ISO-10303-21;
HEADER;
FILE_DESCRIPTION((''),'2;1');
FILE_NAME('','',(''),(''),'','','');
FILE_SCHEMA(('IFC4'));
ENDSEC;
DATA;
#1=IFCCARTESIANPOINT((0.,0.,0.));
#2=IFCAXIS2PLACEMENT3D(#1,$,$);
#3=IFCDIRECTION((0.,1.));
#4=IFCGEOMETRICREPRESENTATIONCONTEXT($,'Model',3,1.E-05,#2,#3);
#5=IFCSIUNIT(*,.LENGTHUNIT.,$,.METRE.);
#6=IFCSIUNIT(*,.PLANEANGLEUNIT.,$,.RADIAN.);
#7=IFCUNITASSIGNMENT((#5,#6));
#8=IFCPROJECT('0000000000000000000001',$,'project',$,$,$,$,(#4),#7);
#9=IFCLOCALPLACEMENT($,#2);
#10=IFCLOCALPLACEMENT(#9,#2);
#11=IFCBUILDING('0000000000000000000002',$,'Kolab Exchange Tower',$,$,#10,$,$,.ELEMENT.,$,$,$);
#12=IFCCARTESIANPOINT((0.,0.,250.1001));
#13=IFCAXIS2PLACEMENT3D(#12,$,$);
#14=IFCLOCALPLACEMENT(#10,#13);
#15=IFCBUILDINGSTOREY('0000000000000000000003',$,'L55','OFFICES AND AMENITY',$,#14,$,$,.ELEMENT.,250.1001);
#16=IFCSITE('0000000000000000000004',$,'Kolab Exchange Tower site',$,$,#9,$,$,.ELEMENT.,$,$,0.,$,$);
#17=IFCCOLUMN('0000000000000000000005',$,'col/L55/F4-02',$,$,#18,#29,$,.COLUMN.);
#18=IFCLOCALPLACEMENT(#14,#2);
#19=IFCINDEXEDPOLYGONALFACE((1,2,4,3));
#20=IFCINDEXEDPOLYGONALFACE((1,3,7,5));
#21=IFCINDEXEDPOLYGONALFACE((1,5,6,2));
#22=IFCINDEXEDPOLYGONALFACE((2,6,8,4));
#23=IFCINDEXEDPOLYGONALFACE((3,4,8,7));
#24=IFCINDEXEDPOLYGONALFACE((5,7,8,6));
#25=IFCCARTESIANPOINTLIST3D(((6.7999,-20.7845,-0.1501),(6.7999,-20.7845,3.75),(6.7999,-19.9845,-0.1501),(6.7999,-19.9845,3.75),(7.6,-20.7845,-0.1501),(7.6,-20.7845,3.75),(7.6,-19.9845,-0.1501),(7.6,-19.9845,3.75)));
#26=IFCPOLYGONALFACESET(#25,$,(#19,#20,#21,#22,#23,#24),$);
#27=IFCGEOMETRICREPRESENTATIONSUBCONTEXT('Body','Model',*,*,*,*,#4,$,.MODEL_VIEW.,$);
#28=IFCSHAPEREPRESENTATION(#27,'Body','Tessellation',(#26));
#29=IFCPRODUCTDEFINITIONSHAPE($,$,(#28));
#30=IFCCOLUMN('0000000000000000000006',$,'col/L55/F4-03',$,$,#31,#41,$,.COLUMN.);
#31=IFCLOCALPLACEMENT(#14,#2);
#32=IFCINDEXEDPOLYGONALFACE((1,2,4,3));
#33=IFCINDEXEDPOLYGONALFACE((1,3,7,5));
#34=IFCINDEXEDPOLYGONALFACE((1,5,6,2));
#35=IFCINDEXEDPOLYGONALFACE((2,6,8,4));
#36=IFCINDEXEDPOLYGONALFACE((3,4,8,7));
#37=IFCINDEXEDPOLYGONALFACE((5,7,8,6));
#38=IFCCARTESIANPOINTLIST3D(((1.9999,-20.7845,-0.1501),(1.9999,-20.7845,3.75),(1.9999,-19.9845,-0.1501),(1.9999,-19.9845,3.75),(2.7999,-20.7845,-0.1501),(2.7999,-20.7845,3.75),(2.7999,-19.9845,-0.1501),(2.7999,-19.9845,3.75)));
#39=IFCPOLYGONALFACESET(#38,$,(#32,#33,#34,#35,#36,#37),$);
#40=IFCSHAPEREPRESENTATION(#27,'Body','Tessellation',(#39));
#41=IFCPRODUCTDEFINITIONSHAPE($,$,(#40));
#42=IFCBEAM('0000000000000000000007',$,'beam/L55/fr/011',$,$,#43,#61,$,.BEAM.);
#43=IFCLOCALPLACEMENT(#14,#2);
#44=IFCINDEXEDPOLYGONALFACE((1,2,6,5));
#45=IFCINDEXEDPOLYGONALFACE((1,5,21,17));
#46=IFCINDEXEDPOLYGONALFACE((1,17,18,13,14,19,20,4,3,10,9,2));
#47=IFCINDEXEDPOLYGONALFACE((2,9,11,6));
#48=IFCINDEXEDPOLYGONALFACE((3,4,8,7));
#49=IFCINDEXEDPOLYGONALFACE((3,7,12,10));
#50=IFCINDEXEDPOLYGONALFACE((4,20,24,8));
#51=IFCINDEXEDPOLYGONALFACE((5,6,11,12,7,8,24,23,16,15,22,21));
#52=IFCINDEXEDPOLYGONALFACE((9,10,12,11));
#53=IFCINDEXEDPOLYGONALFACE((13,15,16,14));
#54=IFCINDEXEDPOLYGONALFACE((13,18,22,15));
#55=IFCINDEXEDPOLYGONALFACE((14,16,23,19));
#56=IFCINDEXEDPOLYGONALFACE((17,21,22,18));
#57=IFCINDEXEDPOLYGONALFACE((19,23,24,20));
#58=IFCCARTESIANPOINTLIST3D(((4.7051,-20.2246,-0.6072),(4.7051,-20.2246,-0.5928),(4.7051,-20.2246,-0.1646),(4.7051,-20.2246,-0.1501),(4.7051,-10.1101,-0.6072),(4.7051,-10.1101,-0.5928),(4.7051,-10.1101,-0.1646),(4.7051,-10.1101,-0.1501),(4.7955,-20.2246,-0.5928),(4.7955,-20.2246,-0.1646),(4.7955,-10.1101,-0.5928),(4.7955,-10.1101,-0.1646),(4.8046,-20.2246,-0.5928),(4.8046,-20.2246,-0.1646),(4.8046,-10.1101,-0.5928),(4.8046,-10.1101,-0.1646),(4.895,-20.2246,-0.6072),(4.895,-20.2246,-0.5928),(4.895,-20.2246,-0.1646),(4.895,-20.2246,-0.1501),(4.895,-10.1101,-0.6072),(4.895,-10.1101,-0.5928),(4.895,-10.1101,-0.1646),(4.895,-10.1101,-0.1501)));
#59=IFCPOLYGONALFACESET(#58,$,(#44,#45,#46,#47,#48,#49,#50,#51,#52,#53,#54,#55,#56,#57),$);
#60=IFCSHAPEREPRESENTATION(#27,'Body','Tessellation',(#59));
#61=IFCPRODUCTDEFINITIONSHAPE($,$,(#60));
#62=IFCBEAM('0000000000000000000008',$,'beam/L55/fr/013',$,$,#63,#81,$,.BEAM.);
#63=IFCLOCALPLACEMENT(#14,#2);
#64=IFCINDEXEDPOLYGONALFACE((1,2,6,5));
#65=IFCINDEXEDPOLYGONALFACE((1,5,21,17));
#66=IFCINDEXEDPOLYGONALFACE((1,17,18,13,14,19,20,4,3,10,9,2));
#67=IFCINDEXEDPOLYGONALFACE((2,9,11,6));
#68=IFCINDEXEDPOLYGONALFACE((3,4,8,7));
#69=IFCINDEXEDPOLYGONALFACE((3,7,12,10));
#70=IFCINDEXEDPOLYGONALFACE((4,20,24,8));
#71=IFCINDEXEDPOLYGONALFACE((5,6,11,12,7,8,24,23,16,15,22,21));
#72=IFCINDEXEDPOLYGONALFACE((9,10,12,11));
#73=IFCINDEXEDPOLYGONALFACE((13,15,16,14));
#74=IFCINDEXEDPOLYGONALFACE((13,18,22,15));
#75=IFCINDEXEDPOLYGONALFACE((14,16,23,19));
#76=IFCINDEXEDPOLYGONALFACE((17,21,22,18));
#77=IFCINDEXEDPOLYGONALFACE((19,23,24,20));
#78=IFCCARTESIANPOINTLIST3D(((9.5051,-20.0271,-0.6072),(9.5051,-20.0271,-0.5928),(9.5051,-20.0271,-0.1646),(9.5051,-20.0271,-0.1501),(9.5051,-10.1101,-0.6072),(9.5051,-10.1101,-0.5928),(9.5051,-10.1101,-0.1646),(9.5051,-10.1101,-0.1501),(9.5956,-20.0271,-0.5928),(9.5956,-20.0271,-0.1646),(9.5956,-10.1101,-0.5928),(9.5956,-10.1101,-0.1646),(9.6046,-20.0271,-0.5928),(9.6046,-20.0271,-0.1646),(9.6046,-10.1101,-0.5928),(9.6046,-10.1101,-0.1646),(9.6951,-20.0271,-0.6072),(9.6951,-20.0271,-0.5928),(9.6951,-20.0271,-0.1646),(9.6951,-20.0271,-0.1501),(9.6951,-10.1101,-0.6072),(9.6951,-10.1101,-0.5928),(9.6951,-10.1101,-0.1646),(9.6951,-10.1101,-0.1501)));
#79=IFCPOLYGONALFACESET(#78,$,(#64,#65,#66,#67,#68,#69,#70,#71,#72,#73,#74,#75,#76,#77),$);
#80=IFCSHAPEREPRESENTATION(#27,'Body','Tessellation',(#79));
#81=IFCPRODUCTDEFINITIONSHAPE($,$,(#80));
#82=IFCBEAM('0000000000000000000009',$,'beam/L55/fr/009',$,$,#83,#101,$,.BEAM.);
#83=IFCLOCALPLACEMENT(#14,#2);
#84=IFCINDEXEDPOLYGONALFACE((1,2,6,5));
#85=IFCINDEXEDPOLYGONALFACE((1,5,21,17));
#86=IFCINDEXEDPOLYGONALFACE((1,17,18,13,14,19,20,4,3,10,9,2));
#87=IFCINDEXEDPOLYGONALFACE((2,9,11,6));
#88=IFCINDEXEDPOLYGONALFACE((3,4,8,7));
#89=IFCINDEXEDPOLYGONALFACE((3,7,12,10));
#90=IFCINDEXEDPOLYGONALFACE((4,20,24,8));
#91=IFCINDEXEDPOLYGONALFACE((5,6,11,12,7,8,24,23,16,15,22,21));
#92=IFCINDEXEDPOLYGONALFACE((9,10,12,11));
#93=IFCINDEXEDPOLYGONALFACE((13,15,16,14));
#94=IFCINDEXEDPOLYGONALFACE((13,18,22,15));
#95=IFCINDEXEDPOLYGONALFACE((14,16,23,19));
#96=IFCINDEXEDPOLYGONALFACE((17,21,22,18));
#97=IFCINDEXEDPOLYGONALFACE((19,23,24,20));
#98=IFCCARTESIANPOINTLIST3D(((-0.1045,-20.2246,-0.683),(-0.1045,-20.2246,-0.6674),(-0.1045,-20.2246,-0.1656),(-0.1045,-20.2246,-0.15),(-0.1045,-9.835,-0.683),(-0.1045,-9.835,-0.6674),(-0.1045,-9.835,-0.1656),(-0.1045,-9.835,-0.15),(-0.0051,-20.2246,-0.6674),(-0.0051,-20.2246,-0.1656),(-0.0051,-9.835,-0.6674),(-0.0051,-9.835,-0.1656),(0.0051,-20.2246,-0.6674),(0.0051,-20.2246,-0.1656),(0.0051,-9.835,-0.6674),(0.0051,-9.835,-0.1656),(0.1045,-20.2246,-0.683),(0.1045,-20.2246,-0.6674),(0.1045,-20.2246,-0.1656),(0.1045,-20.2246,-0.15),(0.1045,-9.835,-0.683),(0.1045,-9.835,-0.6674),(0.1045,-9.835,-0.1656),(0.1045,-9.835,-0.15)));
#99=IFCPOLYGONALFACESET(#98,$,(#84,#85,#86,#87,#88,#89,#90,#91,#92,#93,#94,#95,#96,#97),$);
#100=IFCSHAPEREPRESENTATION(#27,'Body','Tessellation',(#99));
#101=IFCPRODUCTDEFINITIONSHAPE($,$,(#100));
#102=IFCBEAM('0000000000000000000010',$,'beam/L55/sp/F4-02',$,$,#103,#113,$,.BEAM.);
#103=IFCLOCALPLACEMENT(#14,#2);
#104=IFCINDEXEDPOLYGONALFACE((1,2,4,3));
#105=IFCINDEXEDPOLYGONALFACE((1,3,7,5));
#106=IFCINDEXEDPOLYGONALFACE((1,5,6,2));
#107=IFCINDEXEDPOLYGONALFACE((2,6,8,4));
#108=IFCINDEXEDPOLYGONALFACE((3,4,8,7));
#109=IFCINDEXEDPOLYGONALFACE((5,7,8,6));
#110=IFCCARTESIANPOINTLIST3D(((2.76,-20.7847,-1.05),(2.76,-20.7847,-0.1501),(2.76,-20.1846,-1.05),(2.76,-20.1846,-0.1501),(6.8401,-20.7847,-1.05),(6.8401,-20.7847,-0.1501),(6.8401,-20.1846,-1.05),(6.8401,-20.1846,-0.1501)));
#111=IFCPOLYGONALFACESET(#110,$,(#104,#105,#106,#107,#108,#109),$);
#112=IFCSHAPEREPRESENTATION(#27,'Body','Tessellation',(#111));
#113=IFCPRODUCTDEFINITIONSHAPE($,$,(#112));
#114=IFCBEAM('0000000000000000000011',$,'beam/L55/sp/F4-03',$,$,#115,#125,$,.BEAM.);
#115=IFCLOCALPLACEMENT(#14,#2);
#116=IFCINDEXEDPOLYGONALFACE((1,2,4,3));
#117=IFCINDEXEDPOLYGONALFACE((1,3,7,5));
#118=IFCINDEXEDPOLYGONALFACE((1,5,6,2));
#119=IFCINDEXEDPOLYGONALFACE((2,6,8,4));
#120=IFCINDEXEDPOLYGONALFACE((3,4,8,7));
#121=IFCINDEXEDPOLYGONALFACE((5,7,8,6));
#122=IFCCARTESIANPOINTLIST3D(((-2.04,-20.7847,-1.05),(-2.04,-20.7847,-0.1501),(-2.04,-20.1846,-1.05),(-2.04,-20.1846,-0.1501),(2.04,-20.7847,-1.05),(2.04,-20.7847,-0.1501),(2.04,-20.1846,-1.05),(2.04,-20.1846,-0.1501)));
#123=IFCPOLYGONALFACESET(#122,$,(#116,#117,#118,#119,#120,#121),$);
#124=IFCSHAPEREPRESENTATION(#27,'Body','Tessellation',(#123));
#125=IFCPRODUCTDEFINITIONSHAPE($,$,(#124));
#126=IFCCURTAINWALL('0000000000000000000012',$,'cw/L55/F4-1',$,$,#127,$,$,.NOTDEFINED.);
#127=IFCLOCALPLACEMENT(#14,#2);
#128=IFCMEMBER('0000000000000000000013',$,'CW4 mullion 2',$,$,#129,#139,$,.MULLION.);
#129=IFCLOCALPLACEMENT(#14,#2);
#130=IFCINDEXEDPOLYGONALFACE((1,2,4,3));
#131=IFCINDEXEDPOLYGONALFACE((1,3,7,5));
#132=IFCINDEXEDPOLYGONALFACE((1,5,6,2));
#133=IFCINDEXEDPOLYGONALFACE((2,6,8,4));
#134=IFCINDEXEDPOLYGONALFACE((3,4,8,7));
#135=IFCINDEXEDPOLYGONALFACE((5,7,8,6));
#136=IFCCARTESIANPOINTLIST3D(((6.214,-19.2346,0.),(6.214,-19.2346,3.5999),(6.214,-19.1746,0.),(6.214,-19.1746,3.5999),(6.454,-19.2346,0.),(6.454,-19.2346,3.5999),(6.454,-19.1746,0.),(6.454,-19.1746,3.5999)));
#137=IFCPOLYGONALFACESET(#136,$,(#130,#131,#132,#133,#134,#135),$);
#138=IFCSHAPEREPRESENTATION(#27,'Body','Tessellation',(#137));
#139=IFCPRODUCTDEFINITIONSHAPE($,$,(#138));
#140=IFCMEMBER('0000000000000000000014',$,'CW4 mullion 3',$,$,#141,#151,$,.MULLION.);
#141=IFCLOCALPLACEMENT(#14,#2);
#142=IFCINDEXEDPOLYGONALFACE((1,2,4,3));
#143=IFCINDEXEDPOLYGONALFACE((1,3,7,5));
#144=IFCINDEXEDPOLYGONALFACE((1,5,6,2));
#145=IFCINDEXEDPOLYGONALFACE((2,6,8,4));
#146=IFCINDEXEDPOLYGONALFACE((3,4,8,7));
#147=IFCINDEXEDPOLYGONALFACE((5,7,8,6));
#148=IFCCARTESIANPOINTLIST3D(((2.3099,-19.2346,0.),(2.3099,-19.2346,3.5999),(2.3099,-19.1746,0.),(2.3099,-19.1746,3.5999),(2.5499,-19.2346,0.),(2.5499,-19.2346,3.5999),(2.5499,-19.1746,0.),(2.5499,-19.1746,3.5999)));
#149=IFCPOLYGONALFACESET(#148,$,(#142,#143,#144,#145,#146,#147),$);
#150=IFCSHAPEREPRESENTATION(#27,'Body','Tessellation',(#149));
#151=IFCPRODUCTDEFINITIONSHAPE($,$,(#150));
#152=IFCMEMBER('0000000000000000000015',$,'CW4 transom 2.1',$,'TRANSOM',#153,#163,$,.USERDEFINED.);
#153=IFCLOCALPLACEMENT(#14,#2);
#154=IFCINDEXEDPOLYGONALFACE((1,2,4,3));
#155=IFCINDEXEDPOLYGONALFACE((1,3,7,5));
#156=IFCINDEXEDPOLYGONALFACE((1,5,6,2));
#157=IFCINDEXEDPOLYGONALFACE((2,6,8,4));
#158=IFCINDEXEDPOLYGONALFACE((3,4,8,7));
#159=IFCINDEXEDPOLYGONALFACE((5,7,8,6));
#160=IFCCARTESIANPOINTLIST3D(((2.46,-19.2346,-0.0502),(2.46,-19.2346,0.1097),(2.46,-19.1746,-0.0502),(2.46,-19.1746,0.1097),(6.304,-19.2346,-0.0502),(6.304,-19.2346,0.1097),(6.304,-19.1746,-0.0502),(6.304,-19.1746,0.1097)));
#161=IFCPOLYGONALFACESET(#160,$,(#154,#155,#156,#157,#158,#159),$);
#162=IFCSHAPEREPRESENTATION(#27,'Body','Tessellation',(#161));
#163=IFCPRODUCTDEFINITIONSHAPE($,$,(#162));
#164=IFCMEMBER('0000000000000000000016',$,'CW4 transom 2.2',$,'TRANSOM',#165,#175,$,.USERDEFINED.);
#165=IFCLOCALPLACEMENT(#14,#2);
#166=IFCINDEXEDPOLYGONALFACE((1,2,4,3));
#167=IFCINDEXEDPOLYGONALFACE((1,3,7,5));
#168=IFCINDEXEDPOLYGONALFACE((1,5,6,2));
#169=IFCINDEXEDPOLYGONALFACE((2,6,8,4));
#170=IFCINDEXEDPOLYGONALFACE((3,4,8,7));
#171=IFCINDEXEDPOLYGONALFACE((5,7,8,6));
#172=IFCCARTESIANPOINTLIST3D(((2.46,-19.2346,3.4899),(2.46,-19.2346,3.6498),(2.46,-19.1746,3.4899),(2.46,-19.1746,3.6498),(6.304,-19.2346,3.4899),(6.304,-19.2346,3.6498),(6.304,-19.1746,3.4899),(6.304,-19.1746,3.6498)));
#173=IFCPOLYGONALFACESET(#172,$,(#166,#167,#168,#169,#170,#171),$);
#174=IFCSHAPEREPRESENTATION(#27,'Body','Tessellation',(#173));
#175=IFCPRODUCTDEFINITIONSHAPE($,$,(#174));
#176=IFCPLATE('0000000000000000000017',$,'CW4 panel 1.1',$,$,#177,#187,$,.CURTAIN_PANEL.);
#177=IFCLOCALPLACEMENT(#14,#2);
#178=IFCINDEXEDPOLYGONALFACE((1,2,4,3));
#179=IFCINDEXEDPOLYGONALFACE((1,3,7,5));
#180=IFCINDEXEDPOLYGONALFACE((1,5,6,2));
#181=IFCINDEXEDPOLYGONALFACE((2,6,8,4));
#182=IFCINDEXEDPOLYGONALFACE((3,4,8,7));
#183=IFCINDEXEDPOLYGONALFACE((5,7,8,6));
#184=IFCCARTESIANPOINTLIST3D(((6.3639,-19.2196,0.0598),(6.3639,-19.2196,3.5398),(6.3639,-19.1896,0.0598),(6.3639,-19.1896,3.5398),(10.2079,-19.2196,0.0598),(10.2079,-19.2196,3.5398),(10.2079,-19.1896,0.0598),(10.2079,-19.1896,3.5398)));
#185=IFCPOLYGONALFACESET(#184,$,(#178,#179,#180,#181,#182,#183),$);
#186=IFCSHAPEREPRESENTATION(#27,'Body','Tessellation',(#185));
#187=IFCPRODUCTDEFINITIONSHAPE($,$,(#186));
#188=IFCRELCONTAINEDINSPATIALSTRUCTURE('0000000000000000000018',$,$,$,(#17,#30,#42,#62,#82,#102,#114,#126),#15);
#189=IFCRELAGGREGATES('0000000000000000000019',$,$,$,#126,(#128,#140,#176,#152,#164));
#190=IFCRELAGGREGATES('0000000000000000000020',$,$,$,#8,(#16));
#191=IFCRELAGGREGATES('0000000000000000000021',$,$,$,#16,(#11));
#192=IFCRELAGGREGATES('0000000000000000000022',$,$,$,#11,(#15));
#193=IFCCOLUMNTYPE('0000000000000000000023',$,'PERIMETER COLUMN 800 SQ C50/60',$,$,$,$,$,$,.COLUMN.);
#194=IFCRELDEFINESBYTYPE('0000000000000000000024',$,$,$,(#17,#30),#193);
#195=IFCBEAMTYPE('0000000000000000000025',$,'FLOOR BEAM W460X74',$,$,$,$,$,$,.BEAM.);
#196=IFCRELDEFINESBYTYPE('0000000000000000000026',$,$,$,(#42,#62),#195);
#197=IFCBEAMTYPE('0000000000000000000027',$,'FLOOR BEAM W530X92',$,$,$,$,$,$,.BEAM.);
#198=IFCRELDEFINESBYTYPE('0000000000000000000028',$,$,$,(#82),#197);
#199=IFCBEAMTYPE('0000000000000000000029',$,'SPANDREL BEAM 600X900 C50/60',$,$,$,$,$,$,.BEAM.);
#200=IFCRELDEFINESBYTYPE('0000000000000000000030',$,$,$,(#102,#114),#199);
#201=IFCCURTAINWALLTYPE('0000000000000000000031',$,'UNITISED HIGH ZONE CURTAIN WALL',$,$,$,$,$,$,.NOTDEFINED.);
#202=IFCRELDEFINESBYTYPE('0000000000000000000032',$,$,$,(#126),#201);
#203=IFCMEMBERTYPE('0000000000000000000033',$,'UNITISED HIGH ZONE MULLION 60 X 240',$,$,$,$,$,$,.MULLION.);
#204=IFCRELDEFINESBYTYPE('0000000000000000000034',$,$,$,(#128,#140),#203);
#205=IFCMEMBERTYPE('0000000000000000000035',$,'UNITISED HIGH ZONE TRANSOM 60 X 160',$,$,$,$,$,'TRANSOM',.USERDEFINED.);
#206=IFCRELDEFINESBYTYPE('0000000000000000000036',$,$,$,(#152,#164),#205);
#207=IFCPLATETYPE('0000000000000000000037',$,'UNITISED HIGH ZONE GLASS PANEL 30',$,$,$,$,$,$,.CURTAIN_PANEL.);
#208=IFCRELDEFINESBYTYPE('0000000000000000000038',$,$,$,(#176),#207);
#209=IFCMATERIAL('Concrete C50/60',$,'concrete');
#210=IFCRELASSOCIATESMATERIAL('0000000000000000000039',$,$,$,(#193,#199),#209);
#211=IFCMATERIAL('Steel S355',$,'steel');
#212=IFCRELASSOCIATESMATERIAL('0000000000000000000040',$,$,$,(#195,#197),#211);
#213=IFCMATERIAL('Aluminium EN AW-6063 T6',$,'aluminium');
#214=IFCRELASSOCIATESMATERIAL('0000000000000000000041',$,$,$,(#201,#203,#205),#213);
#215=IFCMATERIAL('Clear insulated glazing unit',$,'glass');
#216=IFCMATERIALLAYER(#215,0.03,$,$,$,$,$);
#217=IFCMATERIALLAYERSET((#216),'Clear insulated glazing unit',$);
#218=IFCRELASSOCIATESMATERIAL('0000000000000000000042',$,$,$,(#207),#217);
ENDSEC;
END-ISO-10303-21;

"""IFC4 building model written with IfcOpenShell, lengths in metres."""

from ifc_helpers import new_model, si_unit, direction, frame, origin, origin_2d, place, context, subcontext, project, spatial, rectangle, i_section, extrude, material, layer, layer_set, material_profile, profile_set, type_object, element, aggregate, save


model = new_model("IFC4")

# Units and contexts
model_context = context("Model", 3, precision=1e-05, world=origin(), true_north=direction((0.0, 1.0)))
body_context = subcontext(model_context, "Body", "Model", "MODEL_VIEW")
ifc_project = project(units=[si_unit("LENGTHUNIT", "METRE"), si_unit("PLANEANGLEUNIT", "RADIAN")], contexts=[model_context])

# Site, building, storey
site_placement = place(None, origin())
site = spatial("IfcSite", under=ifc_project, at=site_placement, Name="Kolab Exchange Tower site", CompositionType="ELEMENT", RefElevation=0.0)
building_placement = place(site_placement, origin())
building = spatial("IfcBuilding", under=site, at=building_placement, Name="Kolab Exchange Tower", CompositionType="ELEMENT")
storey_placement = place(building_placement, frame((0.0, 0.0, 250.1001)))
storey = spatial("IfcBuildingStorey", under=building, at=storey_placement, Name="L55", Description="OFFICES AND AMENITY", CompositionType="ELEMENT", Elevation=250.1001)

# Columns
ifc_material_1 = material(Name="Concrete C50/60", Category="concrete")
ifc_material_profile_1 = material_profile(ifc_material_1, rectangle(XDim=0.8, YDim=0.8, at=origin_2d()), Name="RC800")
ifc_profile_set_1 = profile_set([ifc_material_profile_1], Name="Concrete C50/60")
column_type = type_object("IfcColumnType", Name="PERIMETER COLUMN 800 SQ C50/60", PredefinedType="COLUMN", material=ifc_profile_set_1)
for number, where, z_axis, x_axis, name in (
    (1, (7.2, -20.3845, -0.1501), (0.0, 0.0, 1.0), (1.0, 0.0, 0.0), "col/L55/F4-02"),
    (2, (2.3999, -20.3845, -0.1501), (0.0, 0.0, 1.0), (1.0, 0.0, 0.0), "col/L55/F4-03"),
):
    element("IfcColumn", number, at=place(storey_placement, frame(where, z_axis=z_axis, x_axis=x_axis)), inside=storey, type_object=column_type, Name=name, PredefinedType="COLUMN", context=body_context, shape_type="SweptSolid", body=[
        extrude(rectangle(XDim=0.8, YDim=0.8, at=origin_2d()), origin(), (0.0, 0.0, 1.0), 3.9001),
    ])

# Beams
ifc_material_2 = material(Name="Steel S355", Category="steel")
ifc_material_profile_2 = material_profile(ifc_material_2, i_section(OverallWidth=0.1899, OverallDepth=0.457, WebThickness=0.009, FlangeThickness=0.0144, at=origin_2d()), Name="W460X74")
ifc_profile_set_2 = profile_set([ifc_material_profile_2], Name="Steel S355")
beam_type_1 = type_object("IfcBeamType", Name="FLOOR BEAM W460X74", PredefinedType="BEAM", material=ifc_profile_set_2)
beam_1_placement = place(storey_placement, frame((4.8, -20.2246, -0.3787), z_axis=(0.0, 1.0, 0.0), x_axis=(-1.0, 0.0, 0.0)))
element("IfcBeam", 3, at=beam_1_placement, inside=storey, type_object=beam_type_1, Name="beam/L55/fr/011", PredefinedType="BEAM", context=body_context, shape_type="SweptSolid", body=[
    extrude(i_section(OverallWidth=0.1899, OverallDepth=0.457, WebThickness=0.009, FlangeThickness=0.0144, at=origin_2d()), origin(), (0.0, 0.0, 1.0), 10.1145),
])
beam_2_placement = place(storey_placement, frame((9.6001, -20.0271, -0.3787), z_axis=(0.0, 1.0, 0.0), x_axis=(-1.0, 0.0, 0.0)))
element("IfcBeam", 4, at=beam_2_placement, inside=storey, type_object=beam_type_1, Name="beam/L55/fr/013", PredefinedType="BEAM", context=body_context, shape_type="SweptSolid", body=[
    extrude(i_section(OverallWidth=0.1899, OverallDepth=0.457, WebThickness=0.009, FlangeThickness=0.0144, at=origin_2d()), origin(), (0.0, 0.0, 1.0), 9.917),
])
ifc_material_profile_3 = material_profile(ifc_material_2, i_section(OverallWidth=0.209, OverallDepth=0.533, WebThickness=0.0103, FlangeThickness=0.0156, at=origin_2d()), Name="W530X92")
ifc_profile_set_3 = profile_set([ifc_material_profile_3], Name="Steel S355")
beam_type_2 = type_object("IfcBeamType", Name="FLOOR BEAM W530X92", PredefinedType="BEAM", material=ifc_profile_set_3)
beam_3_placement = place(storey_placement, frame((0.0, -20.2246, -0.4165), z_axis=(0.0, 1.0, 0.0), x_axis=(-1.0, 0.0, 0.0)))
element("IfcBeam", 5, at=beam_3_placement, inside=storey, type_object=beam_type_2, Name="beam/L55/fr/009", PredefinedType="BEAM", context=body_context, shape_type="SweptSolid", body=[
    extrude(i_section(OverallWidth=0.209, OverallDepth=0.533, WebThickness=0.0103, FlangeThickness=0.0156, at=origin_2d()), origin(), (0.0, 0.0, 1.0), 10.3896),
])
ifc_material_profile_4 = material_profile(ifc_material_1, rectangle(XDim=0.6001, YDim=0.8999, at=origin_2d()), Name="RC600X900")
ifc_profile_set_4 = profile_set([ifc_material_profile_4], Name="Concrete C50/60")
beam_type_3 = type_object("IfcBeamType", Name="SPANDREL BEAM 600X900 C50/60", PredefinedType="BEAM", material=ifc_profile_set_4)
for number, where, z_axis, x_axis, name in (
    (6, (6.8401, -20.4846, -0.6001), (-1.0, 0.0, 0.0), (0.0, -1.0, 0.0), "beam/L55/sp/F4-02"),
    (7, (2.04, -20.4846, -0.6001), (-1.0, 0.0, 0.0), (0.0, -1.0, 0.0), "beam/L55/sp/F4-03"),
):
    element("IfcBeam", number, at=place(storey_placement, frame(where, z_axis=z_axis, x_axis=x_axis)), inside=storey, type_object=beam_type_3, Name=name, PredefinedType="BEAM", context=body_context, shape_type="SweptSolid", body=[
        extrude(rectangle(XDim=0.6001, YDim=0.8999, at=origin_2d()), origin(), (0.0, 0.0, 1.0), 4.0801),
    ])

# Curtain wall, members, plate
ifc_material_3 = material(Name="Aluminium EN AW-6063 T6", Category="aluminium")
curtain_wall_type = type_object("IfcCurtainWallType", Name="UNITISED HIGH ZONE CURTAIN WALL", PredefinedType="NOTDEFINED", material=ifc_material_3)
curtain_wall_placement = place(storey_placement, origin())
curtain_wall = element("IfcCurtainWall", 8, at=curtain_wall_placement, inside=storey, type_object=curtain_wall_type, Name="cw/L55/F4-1", PredefinedType="NOTDEFINED")
ifc_material_profile_5 = material_profile(ifc_material_3, rectangle(XDim=0.0601, YDim=0.24, at=origin_2d()), Name="RECT 60X240")
ifc_profile_set_5 = profile_set([ifc_material_profile_5], Name="Aluminium EN AW-6063 T6")
member_type_1 = type_object("IfcMemberType", Name="UNITISED HIGH ZONE MULLION 60 X 240", PredefinedType="MULLION", material=ifc_profile_set_5)
member_1_placement = place(storey_placement, frame((6.334, -19.2046, 0.0), z_axis=(0.0, 0.0, 1.0), x_axis=(0.0, -1.0, 0.0)))
member_1 = element("IfcMember", 9, at=member_1_placement, type_object=member_type_1, Name="CW4 mullion 2", PredefinedType="MULLION", context=body_context, shape_type="SweptSolid", body=[
    extrude(rectangle(XDim=0.0601, YDim=0.24, at=origin_2d()), origin(), (0.0, 0.0, 1.0), 3.5999),
])
member_2_placement = place(storey_placement, frame((2.4299, -19.2046, 0.0), z_axis=(0.0, 0.0, 1.0), x_axis=(0.0, -1.0, 0.0)))
member_2 = element("IfcMember", 10, at=member_2_placement, type_object=member_type_1, Name="CW4 mullion 3", PredefinedType="MULLION", context=body_context, shape_type="SweptSolid", body=[
    extrude(rectangle(XDim=0.0601, YDim=0.24, at=origin_2d()), origin(), (0.0, 0.0, 1.0), 3.5999),
])
ifc_material_profile_6 = material_profile(ifc_material_3, rectangle(XDim=0.0601, YDim=0.1599, at=origin_2d()), Name="RECT 60X160")
ifc_profile_set_6 = profile_set([ifc_material_profile_6], Name="Aluminium EN AW-6063 T6")
member_type_2 = type_object("IfcMemberType", Name="UNITISED HIGH ZONE TRANSOM 60 X 160", ElementType="TRANSOM", PredefinedType="USERDEFINED", material=ifc_profile_set_6)
member_3_placement = place(storey_placement, frame((6.304, -19.2046, 0.0298), z_axis=(-1.0, 0.0, 0.0), x_axis=(0.0, -1.0, 0.0)))
member_3 = element("IfcMember", 11, at=member_3_placement, type_object=member_type_2, Name="CW4 transom 2.1", ObjectType="TRANSOM", PredefinedType="USERDEFINED", context=body_context, shape_type="SweptSolid", body=[
    extrude(rectangle(XDim=0.0601, YDim=0.1599, at=origin_2d()), origin(), (0.0, 0.0, 1.0), 3.844),
])
member_4_placement = place(storey_placement, frame((6.304, -19.2046, 3.5698), z_axis=(-1.0, 0.0, 0.0), x_axis=(0.0, -1.0, 0.0)))
member_4 = element("IfcMember", 12, at=member_4_placement, type_object=member_type_2, Name="CW4 transom 2.2", ObjectType="TRANSOM", PredefinedType="USERDEFINED", context=body_context, shape_type="SweptSolid", body=[
    extrude(rectangle(XDim=0.0601, YDim=0.1599, at=origin_2d()), origin(), (0.0, 0.0, 1.0), 3.844),
])
ifc_material_4 = material(Name="Clear insulated glazing unit", Category="glass")
ifc_layer_1 = layer(ifc_material_4, 0.03)
ifc_layer_set_1 = layer_set([ifc_layer_1], Name="Clear insulated glazing unit")
plate_type = type_object("IfcPlateType", Name="UNITISED HIGH ZONE GLASS PANEL 30", PredefinedType="CURTAIN_PANEL", material=ifc_layer_set_1)
plate_1_placement = place(storey_placement, frame((8.2859, -19.2046, 0.0598), z_axis=(0.0, 0.0, 1.0), x_axis=(-1.0, 0.0, 0.0)))
plate_1 = element("IfcPlate", 13, at=plate_1_placement, type_object=plate_type, Name="CW4 panel 1.1", PredefinedType="CURTAIN_PANEL", context=body_context, shape_type="SweptSolid", body=[
    extrude(rectangle(XDim=3.844, YDim=0.03, at=origin_2d()), origin(), (0.0, 0.0, 1.0), 3.48),
])
aggregate(curtain_wall, [member_1, member_2, plate_1, member_3, member_4])

save(model, "model.ifc")
